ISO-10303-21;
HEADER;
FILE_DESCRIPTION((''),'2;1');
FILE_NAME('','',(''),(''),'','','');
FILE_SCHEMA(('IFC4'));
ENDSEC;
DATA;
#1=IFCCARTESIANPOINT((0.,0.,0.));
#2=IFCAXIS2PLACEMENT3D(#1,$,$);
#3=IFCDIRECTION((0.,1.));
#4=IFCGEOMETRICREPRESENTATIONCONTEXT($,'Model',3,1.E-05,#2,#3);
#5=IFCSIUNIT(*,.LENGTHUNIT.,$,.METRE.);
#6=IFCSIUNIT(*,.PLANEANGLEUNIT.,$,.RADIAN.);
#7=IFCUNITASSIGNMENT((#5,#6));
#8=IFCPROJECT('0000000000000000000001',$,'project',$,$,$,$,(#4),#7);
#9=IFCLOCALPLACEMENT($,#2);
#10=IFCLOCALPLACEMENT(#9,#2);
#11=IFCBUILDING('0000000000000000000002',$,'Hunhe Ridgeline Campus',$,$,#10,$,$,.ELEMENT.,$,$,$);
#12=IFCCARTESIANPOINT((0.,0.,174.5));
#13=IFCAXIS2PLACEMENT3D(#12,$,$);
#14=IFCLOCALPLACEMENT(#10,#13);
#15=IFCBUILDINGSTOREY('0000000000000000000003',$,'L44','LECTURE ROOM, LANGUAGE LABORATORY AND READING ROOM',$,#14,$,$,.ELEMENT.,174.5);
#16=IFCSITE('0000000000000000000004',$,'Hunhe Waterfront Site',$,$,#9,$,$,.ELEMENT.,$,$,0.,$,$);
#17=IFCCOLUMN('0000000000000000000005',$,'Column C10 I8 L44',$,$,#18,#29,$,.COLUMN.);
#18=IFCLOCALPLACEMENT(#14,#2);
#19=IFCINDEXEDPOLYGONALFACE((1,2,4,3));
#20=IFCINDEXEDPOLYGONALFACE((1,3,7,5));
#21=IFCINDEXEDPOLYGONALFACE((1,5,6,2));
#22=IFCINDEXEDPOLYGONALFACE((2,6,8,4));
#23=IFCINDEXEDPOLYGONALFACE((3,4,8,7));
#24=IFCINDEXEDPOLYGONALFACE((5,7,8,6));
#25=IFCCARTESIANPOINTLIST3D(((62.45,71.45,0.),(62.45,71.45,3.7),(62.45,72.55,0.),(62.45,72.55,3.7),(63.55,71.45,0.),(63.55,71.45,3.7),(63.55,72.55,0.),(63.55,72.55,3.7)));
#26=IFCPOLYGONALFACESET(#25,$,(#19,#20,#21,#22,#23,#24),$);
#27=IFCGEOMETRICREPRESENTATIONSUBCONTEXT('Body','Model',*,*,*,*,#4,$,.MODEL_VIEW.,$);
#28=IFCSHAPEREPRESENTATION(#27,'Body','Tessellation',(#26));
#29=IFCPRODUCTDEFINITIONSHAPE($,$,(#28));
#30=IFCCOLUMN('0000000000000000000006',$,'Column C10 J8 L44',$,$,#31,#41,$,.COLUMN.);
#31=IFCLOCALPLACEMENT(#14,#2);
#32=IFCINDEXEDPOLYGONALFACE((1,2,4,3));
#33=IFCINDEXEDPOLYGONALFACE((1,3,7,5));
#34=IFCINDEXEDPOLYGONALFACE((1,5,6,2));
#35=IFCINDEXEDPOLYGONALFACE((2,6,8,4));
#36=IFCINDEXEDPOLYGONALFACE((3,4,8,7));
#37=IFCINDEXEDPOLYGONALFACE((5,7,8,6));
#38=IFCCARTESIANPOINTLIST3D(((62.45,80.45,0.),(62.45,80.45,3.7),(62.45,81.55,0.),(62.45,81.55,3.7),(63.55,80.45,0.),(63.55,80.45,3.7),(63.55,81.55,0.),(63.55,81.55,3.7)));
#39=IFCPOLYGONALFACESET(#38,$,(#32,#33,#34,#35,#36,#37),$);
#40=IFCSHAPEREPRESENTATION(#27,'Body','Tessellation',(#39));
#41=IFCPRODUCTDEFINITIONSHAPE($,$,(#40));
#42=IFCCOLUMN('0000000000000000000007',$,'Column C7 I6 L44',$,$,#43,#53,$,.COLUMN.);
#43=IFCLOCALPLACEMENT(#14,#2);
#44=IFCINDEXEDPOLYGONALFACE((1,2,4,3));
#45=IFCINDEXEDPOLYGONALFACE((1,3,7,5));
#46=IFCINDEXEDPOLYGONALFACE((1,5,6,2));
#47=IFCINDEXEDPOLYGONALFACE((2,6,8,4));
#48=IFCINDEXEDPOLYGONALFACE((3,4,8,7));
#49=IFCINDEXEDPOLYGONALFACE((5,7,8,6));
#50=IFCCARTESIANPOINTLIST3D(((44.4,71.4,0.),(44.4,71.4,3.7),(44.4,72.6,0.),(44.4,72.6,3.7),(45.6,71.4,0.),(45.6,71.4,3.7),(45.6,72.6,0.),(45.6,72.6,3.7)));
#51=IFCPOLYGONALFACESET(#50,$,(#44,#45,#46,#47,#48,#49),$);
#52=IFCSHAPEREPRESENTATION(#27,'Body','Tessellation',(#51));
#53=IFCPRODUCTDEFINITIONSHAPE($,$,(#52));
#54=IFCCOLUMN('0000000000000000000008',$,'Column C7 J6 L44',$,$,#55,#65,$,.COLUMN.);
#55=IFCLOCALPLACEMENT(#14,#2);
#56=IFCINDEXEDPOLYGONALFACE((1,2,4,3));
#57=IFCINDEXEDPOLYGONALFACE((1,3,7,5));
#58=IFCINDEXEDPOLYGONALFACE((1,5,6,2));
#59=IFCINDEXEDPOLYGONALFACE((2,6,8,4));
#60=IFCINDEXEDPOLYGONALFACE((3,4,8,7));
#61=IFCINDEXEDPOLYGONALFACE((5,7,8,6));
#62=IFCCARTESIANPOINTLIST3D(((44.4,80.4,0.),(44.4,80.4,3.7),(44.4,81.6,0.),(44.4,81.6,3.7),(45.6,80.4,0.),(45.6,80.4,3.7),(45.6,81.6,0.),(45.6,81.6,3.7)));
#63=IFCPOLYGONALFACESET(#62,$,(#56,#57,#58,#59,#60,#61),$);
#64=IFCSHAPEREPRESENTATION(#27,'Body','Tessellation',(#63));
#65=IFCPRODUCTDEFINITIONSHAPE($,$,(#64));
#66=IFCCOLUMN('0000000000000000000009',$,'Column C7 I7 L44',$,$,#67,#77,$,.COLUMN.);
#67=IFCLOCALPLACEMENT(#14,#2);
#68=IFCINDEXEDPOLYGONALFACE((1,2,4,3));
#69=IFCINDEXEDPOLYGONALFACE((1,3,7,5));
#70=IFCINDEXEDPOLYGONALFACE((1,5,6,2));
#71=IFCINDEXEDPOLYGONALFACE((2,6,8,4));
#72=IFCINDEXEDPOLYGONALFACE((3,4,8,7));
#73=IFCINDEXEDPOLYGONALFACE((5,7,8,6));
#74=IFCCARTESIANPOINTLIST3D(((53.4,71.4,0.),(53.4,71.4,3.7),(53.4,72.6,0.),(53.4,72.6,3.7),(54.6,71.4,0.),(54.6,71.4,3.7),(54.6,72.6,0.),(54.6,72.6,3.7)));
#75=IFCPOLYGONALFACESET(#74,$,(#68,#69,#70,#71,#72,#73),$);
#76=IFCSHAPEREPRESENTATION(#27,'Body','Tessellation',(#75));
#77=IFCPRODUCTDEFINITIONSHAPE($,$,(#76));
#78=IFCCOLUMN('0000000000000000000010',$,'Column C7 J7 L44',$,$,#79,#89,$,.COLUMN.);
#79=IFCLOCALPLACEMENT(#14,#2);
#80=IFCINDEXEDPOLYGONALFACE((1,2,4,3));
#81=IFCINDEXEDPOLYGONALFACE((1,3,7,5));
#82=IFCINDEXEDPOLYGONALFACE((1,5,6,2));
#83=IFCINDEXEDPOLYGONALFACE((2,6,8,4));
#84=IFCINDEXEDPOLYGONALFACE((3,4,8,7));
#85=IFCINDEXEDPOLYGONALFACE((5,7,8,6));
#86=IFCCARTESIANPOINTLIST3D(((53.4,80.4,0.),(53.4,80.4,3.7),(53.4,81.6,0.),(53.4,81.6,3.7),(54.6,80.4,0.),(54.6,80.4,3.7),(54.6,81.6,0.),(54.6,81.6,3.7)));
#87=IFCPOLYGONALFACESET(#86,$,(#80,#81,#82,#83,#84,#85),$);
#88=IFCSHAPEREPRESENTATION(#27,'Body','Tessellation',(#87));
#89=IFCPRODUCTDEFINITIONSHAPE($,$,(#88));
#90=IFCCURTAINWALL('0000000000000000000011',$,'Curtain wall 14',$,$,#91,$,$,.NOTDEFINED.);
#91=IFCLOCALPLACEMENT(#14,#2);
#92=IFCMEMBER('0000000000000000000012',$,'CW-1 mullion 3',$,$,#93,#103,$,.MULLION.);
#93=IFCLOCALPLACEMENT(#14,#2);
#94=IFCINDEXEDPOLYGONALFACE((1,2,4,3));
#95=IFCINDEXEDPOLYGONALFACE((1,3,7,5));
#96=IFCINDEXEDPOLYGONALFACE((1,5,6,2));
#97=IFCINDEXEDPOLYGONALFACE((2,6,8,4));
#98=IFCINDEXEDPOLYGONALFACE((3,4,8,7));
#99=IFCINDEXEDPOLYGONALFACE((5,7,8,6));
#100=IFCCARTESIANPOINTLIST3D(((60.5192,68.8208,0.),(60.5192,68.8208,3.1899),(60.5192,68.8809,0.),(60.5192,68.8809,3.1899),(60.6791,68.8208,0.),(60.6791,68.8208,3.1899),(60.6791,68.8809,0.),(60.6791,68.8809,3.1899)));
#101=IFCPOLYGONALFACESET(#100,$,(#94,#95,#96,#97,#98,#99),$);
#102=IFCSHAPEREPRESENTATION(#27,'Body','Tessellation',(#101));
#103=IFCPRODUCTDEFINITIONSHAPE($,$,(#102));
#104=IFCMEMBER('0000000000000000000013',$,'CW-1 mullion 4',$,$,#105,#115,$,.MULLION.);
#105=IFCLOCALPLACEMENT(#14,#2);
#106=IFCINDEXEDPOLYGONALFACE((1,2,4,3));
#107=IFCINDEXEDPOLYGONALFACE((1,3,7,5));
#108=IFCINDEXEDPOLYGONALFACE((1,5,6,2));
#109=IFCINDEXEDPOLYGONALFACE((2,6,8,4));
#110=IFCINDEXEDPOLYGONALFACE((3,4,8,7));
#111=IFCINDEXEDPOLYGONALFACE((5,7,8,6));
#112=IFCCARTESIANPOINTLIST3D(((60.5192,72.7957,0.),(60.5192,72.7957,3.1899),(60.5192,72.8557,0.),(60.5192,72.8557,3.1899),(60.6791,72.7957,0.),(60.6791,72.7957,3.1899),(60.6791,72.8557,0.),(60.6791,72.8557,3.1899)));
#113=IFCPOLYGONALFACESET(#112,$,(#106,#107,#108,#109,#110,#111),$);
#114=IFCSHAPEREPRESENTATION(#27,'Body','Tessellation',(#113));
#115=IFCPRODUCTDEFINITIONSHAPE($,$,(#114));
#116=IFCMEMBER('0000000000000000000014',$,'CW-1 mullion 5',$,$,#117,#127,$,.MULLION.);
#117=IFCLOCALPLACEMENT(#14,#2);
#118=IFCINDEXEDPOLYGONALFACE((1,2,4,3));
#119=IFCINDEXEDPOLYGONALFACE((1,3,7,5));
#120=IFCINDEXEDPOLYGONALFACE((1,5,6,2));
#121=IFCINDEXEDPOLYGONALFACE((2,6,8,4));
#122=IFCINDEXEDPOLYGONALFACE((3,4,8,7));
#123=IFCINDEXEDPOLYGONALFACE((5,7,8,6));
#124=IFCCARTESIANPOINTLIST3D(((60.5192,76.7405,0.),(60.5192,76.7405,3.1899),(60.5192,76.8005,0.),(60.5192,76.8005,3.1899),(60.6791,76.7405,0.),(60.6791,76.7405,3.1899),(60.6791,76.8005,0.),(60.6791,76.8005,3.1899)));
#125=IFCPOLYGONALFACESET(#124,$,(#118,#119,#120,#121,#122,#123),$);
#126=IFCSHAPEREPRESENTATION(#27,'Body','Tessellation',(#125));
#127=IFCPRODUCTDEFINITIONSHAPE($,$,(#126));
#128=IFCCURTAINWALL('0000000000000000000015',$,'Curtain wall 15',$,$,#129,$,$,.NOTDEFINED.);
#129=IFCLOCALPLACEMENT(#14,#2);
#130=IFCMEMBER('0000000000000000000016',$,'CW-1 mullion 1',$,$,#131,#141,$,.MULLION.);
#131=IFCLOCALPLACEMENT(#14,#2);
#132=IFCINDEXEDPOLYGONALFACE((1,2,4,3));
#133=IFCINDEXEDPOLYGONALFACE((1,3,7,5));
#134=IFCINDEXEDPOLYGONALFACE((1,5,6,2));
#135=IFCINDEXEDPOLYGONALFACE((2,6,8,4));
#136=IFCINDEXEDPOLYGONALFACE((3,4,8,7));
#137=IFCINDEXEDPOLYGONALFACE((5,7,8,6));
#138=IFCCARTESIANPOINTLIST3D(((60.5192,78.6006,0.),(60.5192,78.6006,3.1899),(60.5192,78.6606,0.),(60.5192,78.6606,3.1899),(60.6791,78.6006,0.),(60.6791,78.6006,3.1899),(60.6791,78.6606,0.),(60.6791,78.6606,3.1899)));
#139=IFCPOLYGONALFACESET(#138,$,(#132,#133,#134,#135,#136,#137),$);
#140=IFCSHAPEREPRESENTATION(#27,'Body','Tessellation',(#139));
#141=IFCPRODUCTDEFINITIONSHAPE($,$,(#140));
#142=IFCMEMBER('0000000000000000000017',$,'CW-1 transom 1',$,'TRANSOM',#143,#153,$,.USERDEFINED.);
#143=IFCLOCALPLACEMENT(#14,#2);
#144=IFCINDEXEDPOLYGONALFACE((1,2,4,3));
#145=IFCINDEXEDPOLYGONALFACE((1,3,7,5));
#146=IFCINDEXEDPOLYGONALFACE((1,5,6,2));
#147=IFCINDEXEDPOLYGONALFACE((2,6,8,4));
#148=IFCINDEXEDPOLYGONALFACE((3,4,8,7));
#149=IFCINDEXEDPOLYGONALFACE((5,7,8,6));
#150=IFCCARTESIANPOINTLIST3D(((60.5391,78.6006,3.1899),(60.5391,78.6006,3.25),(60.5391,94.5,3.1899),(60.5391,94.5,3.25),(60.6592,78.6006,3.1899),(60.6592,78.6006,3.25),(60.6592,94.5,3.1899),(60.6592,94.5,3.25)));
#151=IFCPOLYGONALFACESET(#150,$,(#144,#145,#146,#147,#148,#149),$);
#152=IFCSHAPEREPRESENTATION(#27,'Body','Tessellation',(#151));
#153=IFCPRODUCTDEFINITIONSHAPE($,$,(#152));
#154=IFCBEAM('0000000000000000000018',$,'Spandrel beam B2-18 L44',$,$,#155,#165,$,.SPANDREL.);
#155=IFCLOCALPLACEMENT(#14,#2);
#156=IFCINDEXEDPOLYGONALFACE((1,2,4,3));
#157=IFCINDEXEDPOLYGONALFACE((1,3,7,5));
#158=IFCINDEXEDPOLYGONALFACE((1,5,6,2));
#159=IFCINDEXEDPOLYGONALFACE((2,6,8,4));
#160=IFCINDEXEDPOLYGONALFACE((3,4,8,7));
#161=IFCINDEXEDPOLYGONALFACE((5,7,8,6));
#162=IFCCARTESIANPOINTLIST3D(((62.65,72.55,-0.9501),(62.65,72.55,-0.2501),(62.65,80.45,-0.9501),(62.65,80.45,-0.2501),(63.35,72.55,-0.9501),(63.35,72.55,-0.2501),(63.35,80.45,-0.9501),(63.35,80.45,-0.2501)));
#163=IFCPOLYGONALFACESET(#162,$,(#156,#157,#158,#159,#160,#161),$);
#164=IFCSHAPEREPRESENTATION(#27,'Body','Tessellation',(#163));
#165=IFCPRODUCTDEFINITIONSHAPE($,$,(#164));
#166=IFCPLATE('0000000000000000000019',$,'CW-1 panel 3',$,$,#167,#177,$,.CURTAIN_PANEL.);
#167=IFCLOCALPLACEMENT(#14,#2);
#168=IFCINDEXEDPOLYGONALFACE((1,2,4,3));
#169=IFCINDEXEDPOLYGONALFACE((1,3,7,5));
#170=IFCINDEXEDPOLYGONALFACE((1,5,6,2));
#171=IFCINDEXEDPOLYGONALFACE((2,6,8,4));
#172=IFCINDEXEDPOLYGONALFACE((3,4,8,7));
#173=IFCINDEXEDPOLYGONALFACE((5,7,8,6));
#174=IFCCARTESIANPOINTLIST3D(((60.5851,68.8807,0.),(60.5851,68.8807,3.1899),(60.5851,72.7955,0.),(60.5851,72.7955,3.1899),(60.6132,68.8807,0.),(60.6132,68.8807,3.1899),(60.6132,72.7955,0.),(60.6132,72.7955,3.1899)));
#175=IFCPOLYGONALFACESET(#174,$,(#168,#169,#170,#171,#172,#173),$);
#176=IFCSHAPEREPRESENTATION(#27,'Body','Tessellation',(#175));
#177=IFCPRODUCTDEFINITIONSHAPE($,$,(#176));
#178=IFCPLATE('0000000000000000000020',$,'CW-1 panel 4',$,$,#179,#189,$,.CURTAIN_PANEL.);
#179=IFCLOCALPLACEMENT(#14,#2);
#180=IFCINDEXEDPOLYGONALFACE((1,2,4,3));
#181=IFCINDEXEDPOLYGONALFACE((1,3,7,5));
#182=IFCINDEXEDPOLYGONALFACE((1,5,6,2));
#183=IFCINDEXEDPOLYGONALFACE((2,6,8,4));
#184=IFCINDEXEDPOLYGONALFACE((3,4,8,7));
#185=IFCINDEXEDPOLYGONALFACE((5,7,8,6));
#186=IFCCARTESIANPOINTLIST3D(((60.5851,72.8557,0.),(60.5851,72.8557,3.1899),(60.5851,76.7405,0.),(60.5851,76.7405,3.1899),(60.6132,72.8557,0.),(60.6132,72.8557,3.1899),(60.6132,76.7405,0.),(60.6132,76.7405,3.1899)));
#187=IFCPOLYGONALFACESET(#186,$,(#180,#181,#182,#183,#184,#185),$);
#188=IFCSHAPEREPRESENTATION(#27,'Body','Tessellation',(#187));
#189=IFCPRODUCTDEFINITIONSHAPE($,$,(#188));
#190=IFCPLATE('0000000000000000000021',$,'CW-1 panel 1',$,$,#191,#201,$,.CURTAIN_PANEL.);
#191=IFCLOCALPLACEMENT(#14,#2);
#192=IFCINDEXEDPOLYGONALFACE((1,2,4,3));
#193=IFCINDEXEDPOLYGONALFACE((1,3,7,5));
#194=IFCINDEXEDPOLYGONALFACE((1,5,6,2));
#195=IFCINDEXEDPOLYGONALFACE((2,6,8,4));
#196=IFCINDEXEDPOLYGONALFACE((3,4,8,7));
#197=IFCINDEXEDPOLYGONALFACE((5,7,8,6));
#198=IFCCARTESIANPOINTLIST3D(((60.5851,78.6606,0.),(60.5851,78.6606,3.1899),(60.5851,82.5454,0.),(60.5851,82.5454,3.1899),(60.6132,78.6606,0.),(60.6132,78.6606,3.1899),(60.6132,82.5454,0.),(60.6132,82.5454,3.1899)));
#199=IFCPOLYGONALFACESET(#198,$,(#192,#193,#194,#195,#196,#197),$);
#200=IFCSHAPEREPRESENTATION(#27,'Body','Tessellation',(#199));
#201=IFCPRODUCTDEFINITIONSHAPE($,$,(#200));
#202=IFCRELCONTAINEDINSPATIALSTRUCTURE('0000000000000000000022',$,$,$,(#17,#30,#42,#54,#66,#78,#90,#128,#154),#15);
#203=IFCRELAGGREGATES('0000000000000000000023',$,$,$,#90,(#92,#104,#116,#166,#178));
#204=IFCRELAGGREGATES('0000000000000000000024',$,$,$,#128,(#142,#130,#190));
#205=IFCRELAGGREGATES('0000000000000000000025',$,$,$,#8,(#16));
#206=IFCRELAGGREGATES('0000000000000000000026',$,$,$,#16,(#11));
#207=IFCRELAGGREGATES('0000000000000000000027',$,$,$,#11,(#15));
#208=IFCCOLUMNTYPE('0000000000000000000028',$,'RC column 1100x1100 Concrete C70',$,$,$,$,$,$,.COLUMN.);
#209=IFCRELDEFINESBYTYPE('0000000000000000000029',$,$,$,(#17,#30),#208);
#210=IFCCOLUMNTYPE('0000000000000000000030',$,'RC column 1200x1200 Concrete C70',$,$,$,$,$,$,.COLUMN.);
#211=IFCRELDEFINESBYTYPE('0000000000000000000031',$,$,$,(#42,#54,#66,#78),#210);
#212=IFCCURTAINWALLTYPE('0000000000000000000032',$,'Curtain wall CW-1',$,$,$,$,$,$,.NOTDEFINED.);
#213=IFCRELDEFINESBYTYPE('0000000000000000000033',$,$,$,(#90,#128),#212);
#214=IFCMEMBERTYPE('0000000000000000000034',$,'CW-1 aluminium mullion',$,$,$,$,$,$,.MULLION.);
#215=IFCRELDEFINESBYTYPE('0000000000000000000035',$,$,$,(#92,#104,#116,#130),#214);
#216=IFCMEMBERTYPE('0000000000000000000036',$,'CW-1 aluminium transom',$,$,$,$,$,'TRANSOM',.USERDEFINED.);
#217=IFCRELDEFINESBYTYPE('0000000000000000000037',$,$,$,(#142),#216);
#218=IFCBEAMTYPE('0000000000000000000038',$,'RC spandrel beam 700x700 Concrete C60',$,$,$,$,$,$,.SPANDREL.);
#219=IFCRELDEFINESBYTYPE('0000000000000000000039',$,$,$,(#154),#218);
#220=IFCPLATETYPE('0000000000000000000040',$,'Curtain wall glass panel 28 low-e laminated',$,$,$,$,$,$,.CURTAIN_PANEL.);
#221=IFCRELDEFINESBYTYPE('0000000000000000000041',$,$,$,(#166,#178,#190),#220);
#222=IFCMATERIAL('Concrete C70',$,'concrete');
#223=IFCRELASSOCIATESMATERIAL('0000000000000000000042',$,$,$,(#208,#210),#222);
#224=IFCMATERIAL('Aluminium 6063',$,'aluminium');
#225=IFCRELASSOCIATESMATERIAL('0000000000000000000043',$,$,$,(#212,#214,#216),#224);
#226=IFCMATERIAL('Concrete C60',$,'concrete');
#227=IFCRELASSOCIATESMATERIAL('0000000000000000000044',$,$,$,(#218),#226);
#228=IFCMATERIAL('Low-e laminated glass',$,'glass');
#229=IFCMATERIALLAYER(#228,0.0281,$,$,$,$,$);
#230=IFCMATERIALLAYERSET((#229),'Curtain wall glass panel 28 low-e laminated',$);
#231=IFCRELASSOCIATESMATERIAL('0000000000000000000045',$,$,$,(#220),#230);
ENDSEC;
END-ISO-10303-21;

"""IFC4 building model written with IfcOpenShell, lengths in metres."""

from ifc_helpers import new_model, si_unit, direction, frame, origin, origin_2d, place, context, subcontext, project, spatial, rectangle, extrude, material, layer, layer_set, material_profile, profile_set, type_object, element, aggregate, save


model = new_model("IFC4")

# Units and contexts
model_context = context("Model", 3, precision=1e-05, world=origin(), true_north=direction((0.0, 1.0)))
body_context = subcontext(model_context, "Body", "Model", "MODEL_VIEW")
ifc_project = project(units=[si_unit("LENGTHUNIT", "METRE"), si_unit("PLANEANGLEUNIT", "RADIAN")], contexts=[model_context])

# Site, building, storey
site_placement = place(None, origin())
site = spatial("IfcSite", under=ifc_project, at=site_placement, Name="Hunhe Waterfront Site", CompositionType="ELEMENT", RefElevation=0.0)
building_placement = place(site_placement, origin())
building = spatial("IfcBuilding", under=site, at=building_placement, Name="Hunhe Ridgeline Campus", CompositionType="ELEMENT")
storey_placement = place(building_placement, frame((0.0, 0.0, 174.5)))
storey = spatial("IfcBuildingStorey", under=building, at=storey_placement, Name="L44", Description="LECTURE ROOM, LANGUAGE LABORATORY AND READING ROOM", CompositionType="ELEMENT", Elevation=174.5)

# Columns
ifc_material_1 = material(Name="Concrete C70", Category="concrete")
ifc_material_profile_1 = material_profile(ifc_material_1, rectangle(XDim=1.1001, YDim=1.1001, at=origin_2d()))
ifc_profile_set_1 = profile_set([ifc_material_profile_1], Name="Concrete C70")
column_type_1 = type_object("IfcColumnType", Name="RC column 1100x1100 Concrete C70", PredefinedType="COLUMN", material=ifc_profile_set_1)
for number, where, z_axis, x_axis, name in (
    (1, (63.0, 72.0, 0.0), (0.0, 0.0, 1.0), (1.0, 0.0, 0.0), "Column C10 I8 L44"),
    (2, (63.0, 81.0, 0.0), (0.0, 0.0, 1.0), (1.0, 0.0, 0.0), "Column C10 J8 L44"),
):
    element("IfcColumn", number, at=place(storey_placement, frame(where, z_axis=z_axis, x_axis=x_axis)), inside=storey, type_object=column_type_1, Name=name, PredefinedType="COLUMN", context=body_context, shape_type="SweptSolid", body=[
        extrude(rectangle(XDim=1.1001, YDim=1.1001, at=origin_2d()), origin(), (0.0, 0.0, 1.0), 3.7),
    ])
ifc_material_profile_2 = material_profile(ifc_material_1, rectangle(XDim=1.2, YDim=1.2, at=origin_2d()))
ifc_profile_set_2 = profile_set([ifc_material_profile_2], Name="Concrete C70")
column_type_2 = type_object("IfcColumnType", Name="RC column 1200x1200 Concrete C70", PredefinedType="COLUMN", material=ifc_profile_set_2)
for number, where, z_axis, x_axis, name in (
    (3, (45.0, 72.0, 0.0), (0.0, 0.0, 1.0), (1.0, 0.0, 0.0), "Column C7 I6 L44"),
    (4, (45.0, 81.0, 0.0), (0.0, 0.0, 1.0), (1.0, 0.0, 0.0), "Column C7 J6 L44"),
    (5, (54.0, 72.0, 0.0), (0.0, 0.0, 1.0), (1.0, 0.0, 0.0), "Column C7 I7 L44"),
    (6, (54.0, 81.0, 0.0), (0.0, 0.0, 1.0), (1.0, 0.0, 0.0), "Column C7 J7 L44"),
):
    element("IfcColumn", number, at=place(storey_placement, frame(where, z_axis=z_axis, x_axis=x_axis)), inside=storey, type_object=column_type_2, Name=name, PredefinedType="COLUMN", context=body_context, shape_type="SweptSolid", body=[
        extrude(rectangle(XDim=1.2, YDim=1.2, at=origin_2d()), origin(), (0.0, 0.0, 1.0), 3.7),
    ])

# Curtain walls, members
ifc_material_2 = material(Name="Aluminium 6063", Category="aluminium")
curtain_wall_type = type_object("IfcCurtainWallType", Name="Curtain wall CW-1", PredefinedType="NOTDEFINED", material=ifc_material_2)
curtain_wall_1_placement = place(storey_placement, origin())
curtain_wall_1 = element("IfcCurtainWall", 7, at=curtain_wall_1_placement, inside=storey, type_object=curtain_wall_type, Name="Curtain wall 14", PredefinedType="NOTDEFINED")
ifc_material_profile_3 = material_profile(ifc_material_2, rectangle(XDim=0.1599, YDim=0.0601, at=origin_2d()))
ifc_profile_set_3 = profile_set([ifc_material_profile_3], Name="Aluminium 6063")
member_type_1 = type_object("IfcMemberType", Name="CW-1 aluminium mullion", PredefinedType="MULLION", material=ifc_profile_set_3)
member_1_placement = place(storey_placement, frame((60.5991, 68.8508, 0.0), z_axis=(0.0, 0.0, 1.0), x_axis=(-1.0, 0.0, 0.0)))
member_1 = element("IfcMember", 8, at=member_1_placement, type_object=member_type_1, Name="CW-1 mullion 3", PredefinedType="MULLION", context=body_context, shape_type="SweptSolid", body=[
    extrude(rectangle(XDim=0.1599, YDim=0.0601, at=origin_2d()), origin(), (0.0, 0.0, 1.0), 3.1899),
])
member_2_placement = place(storey_placement, frame((60.5991, 72.8257, 0.0), z_axis=(0.0, 0.0, 1.0), x_axis=(-1.0, 0.0, 0.0)))
member_2 = element("IfcMember", 9, at=member_2_placement, type_object=member_type_1, Name="CW-1 mullion 4", PredefinedType="MULLION", context=body_context, shape_type="SweptSolid", body=[
    extrude(rectangle(XDim=0.1599, YDim=0.0601, at=origin_2d()), origin(), (0.0, 0.0, 1.0), 3.1899),
])
member_3_placement = place(storey_placement, frame((60.5991, 76.7705, 0.0), z_axis=(0.0, 0.0, 1.0), x_axis=(-1.0, 0.0, 0.0)))
member_3 = element("IfcMember", 10, at=member_3_placement, type_object=member_type_1, Name="CW-1 mullion 5", PredefinedType="MULLION", context=body_context, shape_type="SweptSolid", body=[
    extrude(rectangle(XDim=0.1599, YDim=0.0601, at=origin_2d()), origin(), (0.0, 0.0, 1.0), 3.1899),
])
curtain_wall_2_placement = place(storey_placement, origin())
curtain_wall_2 = element("IfcCurtainWall", 11, at=curtain_wall_2_placement, inside=storey, type_object=curtain_wall_type, Name="Curtain wall 15", PredefinedType="NOTDEFINED")
member_4_placement = place(storey_placement, frame((60.5991, 78.6306, 0.0), z_axis=(0.0, 0.0, 1.0), x_axis=(-1.0, 0.0, 0.0)))
member_4 = element("IfcMember", 12, at=member_4_placement, type_object=member_type_1, Name="CW-1 mullion 1", PredefinedType="MULLION", context=body_context, shape_type="SweptSolid", body=[
    extrude(rectangle(XDim=0.1599, YDim=0.0601, at=origin_2d()), origin(), (0.0, 0.0, 1.0), 3.1899),
])
ifc_material_profile_4 = material_profile(ifc_material_2, rectangle(XDim=0.1201, YDim=0.0601, at=origin_2d()))
ifc_profile_set_4 = profile_set([ifc_material_profile_4], Name="Aluminium 6063")
member_type_2 = type_object("IfcMemberType", Name="CW-1 aluminium transom", ElementType="TRANSOM", PredefinedType="USERDEFINED", material=ifc_profile_set_4)
member_5_placement = place(storey_placement, frame((60.5991, 78.6006, 3.22), z_axis=(0.0, 1.0, 0.0), x_axis=(-1.0, 0.0, 0.0)))
member_5 = element("IfcMember", 13, at=member_5_placement, type_object=member_type_2, Name="CW-1 transom 1", ObjectType="TRANSOM", PredefinedType="USERDEFINED", context=body_context, shape_type="SweptSolid", body=[
    extrude(rectangle(XDim=0.1201, YDim=0.0601, at=origin_2d()), origin(), (0.0, 0.0, 1.0), 15.8994),
])

# Beam
ifc_material_3 = material(Name="Concrete C60", Category="concrete")
ifc_material_profile_5 = material_profile(ifc_material_3, rectangle(XDim=0.7, YDim=0.7, at=origin_2d()))
ifc_profile_set_5 = profile_set([ifc_material_profile_5], Name="Concrete C60")
beam_type = type_object("IfcBeamType", Name="RC spandrel beam 700x700 Concrete C60", PredefinedType="SPANDREL", material=ifc_profile_set_5)
beam_placement = place(storey_placement, frame((63.0, 72.55, -0.6001), z_axis=(0.0, 1.0, 0.0), x_axis=(-1.0, 0.0, 0.0)))
element("IfcBeam", 14, at=beam_placement, inside=storey, type_object=beam_type, Name="Spandrel beam B2-18 L44", PredefinedType="SPANDREL", context=body_context, shape_type="SweptSolid", body=[
    extrude(rectangle(XDim=0.7, YDim=0.7, at=origin_2d()), origin(), (0.0, 0.0, 1.0), 7.8999),
])

# Plates
ifc_material_4 = material(Name="Low-e laminated glass", Category="glass")
ifc_layer_1 = layer(ifc_material_4, 0.0281)
ifc_layer_set_1 = layer_set([ifc_layer_1], Name="Curtain wall glass panel 28 low-e laminated")
plate_type = type_object("IfcPlateType", Name="Curtain wall glass panel 28 low-e laminated", PredefinedType="CURTAIN_PANEL", material=ifc_layer_set_1)
plate_1_placement = place(storey_placement, frame((60.5991, 70.8381, 0.0), z_axis=(0.0, 0.0, 1.0), x_axis=(0.0, 1.0, 0.0)))
plate_1 = element("IfcPlate", 15, at=plate_1_placement, type_object=plate_type, Name="CW-1 panel 3", PredefinedType="CURTAIN_PANEL", context=body_context, shape_type="SweptSolid", body=[
    extrude(rectangle(XDim=3.9148, YDim=0.0281, at=origin_2d()), origin(), (0.0, 0.0, 1.0), 3.1899),
])
plate_2_placement = place(storey_placement, frame((60.5991, 74.7981, 0.0), z_axis=(0.0, 0.0, 1.0), x_axis=(0.0, 1.0, 0.0)))
plate_2 = element("IfcPlate", 16, at=plate_2_placement, type_object=plate_type, Name="CW-1 panel 4", PredefinedType="CURTAIN_PANEL", context=body_context, shape_type="SweptSolid", body=[
    extrude(rectangle(XDim=3.8848, YDim=0.0281, at=origin_2d()), origin(), (0.0, 0.0, 1.0), 3.1899),
])
aggregate(curtain_wall_1, [member_1, member_2, member_3, plate_1, plate_2])
plate_3_placement = place(storey_placement, frame((60.5991, 80.603, 0.0), z_axis=(0.0, 0.0, 1.0), x_axis=(0.0, 1.0, 0.0)))
plate_3 = element("IfcPlate", 17, at=plate_3_placement, type_object=plate_type, Name="CW-1 panel 1", PredefinedType="CURTAIN_PANEL", context=body_context, shape_type="SweptSolid", body=[
    extrude(rectangle(XDim=3.8848, YDim=0.0281, at=origin_2d()), origin(), (0.0, 0.0, 1.0), 3.1899),
])
aggregate(curtain_wall_2, [member_5, member_4, plate_3])

save(model, "model.ifc")
